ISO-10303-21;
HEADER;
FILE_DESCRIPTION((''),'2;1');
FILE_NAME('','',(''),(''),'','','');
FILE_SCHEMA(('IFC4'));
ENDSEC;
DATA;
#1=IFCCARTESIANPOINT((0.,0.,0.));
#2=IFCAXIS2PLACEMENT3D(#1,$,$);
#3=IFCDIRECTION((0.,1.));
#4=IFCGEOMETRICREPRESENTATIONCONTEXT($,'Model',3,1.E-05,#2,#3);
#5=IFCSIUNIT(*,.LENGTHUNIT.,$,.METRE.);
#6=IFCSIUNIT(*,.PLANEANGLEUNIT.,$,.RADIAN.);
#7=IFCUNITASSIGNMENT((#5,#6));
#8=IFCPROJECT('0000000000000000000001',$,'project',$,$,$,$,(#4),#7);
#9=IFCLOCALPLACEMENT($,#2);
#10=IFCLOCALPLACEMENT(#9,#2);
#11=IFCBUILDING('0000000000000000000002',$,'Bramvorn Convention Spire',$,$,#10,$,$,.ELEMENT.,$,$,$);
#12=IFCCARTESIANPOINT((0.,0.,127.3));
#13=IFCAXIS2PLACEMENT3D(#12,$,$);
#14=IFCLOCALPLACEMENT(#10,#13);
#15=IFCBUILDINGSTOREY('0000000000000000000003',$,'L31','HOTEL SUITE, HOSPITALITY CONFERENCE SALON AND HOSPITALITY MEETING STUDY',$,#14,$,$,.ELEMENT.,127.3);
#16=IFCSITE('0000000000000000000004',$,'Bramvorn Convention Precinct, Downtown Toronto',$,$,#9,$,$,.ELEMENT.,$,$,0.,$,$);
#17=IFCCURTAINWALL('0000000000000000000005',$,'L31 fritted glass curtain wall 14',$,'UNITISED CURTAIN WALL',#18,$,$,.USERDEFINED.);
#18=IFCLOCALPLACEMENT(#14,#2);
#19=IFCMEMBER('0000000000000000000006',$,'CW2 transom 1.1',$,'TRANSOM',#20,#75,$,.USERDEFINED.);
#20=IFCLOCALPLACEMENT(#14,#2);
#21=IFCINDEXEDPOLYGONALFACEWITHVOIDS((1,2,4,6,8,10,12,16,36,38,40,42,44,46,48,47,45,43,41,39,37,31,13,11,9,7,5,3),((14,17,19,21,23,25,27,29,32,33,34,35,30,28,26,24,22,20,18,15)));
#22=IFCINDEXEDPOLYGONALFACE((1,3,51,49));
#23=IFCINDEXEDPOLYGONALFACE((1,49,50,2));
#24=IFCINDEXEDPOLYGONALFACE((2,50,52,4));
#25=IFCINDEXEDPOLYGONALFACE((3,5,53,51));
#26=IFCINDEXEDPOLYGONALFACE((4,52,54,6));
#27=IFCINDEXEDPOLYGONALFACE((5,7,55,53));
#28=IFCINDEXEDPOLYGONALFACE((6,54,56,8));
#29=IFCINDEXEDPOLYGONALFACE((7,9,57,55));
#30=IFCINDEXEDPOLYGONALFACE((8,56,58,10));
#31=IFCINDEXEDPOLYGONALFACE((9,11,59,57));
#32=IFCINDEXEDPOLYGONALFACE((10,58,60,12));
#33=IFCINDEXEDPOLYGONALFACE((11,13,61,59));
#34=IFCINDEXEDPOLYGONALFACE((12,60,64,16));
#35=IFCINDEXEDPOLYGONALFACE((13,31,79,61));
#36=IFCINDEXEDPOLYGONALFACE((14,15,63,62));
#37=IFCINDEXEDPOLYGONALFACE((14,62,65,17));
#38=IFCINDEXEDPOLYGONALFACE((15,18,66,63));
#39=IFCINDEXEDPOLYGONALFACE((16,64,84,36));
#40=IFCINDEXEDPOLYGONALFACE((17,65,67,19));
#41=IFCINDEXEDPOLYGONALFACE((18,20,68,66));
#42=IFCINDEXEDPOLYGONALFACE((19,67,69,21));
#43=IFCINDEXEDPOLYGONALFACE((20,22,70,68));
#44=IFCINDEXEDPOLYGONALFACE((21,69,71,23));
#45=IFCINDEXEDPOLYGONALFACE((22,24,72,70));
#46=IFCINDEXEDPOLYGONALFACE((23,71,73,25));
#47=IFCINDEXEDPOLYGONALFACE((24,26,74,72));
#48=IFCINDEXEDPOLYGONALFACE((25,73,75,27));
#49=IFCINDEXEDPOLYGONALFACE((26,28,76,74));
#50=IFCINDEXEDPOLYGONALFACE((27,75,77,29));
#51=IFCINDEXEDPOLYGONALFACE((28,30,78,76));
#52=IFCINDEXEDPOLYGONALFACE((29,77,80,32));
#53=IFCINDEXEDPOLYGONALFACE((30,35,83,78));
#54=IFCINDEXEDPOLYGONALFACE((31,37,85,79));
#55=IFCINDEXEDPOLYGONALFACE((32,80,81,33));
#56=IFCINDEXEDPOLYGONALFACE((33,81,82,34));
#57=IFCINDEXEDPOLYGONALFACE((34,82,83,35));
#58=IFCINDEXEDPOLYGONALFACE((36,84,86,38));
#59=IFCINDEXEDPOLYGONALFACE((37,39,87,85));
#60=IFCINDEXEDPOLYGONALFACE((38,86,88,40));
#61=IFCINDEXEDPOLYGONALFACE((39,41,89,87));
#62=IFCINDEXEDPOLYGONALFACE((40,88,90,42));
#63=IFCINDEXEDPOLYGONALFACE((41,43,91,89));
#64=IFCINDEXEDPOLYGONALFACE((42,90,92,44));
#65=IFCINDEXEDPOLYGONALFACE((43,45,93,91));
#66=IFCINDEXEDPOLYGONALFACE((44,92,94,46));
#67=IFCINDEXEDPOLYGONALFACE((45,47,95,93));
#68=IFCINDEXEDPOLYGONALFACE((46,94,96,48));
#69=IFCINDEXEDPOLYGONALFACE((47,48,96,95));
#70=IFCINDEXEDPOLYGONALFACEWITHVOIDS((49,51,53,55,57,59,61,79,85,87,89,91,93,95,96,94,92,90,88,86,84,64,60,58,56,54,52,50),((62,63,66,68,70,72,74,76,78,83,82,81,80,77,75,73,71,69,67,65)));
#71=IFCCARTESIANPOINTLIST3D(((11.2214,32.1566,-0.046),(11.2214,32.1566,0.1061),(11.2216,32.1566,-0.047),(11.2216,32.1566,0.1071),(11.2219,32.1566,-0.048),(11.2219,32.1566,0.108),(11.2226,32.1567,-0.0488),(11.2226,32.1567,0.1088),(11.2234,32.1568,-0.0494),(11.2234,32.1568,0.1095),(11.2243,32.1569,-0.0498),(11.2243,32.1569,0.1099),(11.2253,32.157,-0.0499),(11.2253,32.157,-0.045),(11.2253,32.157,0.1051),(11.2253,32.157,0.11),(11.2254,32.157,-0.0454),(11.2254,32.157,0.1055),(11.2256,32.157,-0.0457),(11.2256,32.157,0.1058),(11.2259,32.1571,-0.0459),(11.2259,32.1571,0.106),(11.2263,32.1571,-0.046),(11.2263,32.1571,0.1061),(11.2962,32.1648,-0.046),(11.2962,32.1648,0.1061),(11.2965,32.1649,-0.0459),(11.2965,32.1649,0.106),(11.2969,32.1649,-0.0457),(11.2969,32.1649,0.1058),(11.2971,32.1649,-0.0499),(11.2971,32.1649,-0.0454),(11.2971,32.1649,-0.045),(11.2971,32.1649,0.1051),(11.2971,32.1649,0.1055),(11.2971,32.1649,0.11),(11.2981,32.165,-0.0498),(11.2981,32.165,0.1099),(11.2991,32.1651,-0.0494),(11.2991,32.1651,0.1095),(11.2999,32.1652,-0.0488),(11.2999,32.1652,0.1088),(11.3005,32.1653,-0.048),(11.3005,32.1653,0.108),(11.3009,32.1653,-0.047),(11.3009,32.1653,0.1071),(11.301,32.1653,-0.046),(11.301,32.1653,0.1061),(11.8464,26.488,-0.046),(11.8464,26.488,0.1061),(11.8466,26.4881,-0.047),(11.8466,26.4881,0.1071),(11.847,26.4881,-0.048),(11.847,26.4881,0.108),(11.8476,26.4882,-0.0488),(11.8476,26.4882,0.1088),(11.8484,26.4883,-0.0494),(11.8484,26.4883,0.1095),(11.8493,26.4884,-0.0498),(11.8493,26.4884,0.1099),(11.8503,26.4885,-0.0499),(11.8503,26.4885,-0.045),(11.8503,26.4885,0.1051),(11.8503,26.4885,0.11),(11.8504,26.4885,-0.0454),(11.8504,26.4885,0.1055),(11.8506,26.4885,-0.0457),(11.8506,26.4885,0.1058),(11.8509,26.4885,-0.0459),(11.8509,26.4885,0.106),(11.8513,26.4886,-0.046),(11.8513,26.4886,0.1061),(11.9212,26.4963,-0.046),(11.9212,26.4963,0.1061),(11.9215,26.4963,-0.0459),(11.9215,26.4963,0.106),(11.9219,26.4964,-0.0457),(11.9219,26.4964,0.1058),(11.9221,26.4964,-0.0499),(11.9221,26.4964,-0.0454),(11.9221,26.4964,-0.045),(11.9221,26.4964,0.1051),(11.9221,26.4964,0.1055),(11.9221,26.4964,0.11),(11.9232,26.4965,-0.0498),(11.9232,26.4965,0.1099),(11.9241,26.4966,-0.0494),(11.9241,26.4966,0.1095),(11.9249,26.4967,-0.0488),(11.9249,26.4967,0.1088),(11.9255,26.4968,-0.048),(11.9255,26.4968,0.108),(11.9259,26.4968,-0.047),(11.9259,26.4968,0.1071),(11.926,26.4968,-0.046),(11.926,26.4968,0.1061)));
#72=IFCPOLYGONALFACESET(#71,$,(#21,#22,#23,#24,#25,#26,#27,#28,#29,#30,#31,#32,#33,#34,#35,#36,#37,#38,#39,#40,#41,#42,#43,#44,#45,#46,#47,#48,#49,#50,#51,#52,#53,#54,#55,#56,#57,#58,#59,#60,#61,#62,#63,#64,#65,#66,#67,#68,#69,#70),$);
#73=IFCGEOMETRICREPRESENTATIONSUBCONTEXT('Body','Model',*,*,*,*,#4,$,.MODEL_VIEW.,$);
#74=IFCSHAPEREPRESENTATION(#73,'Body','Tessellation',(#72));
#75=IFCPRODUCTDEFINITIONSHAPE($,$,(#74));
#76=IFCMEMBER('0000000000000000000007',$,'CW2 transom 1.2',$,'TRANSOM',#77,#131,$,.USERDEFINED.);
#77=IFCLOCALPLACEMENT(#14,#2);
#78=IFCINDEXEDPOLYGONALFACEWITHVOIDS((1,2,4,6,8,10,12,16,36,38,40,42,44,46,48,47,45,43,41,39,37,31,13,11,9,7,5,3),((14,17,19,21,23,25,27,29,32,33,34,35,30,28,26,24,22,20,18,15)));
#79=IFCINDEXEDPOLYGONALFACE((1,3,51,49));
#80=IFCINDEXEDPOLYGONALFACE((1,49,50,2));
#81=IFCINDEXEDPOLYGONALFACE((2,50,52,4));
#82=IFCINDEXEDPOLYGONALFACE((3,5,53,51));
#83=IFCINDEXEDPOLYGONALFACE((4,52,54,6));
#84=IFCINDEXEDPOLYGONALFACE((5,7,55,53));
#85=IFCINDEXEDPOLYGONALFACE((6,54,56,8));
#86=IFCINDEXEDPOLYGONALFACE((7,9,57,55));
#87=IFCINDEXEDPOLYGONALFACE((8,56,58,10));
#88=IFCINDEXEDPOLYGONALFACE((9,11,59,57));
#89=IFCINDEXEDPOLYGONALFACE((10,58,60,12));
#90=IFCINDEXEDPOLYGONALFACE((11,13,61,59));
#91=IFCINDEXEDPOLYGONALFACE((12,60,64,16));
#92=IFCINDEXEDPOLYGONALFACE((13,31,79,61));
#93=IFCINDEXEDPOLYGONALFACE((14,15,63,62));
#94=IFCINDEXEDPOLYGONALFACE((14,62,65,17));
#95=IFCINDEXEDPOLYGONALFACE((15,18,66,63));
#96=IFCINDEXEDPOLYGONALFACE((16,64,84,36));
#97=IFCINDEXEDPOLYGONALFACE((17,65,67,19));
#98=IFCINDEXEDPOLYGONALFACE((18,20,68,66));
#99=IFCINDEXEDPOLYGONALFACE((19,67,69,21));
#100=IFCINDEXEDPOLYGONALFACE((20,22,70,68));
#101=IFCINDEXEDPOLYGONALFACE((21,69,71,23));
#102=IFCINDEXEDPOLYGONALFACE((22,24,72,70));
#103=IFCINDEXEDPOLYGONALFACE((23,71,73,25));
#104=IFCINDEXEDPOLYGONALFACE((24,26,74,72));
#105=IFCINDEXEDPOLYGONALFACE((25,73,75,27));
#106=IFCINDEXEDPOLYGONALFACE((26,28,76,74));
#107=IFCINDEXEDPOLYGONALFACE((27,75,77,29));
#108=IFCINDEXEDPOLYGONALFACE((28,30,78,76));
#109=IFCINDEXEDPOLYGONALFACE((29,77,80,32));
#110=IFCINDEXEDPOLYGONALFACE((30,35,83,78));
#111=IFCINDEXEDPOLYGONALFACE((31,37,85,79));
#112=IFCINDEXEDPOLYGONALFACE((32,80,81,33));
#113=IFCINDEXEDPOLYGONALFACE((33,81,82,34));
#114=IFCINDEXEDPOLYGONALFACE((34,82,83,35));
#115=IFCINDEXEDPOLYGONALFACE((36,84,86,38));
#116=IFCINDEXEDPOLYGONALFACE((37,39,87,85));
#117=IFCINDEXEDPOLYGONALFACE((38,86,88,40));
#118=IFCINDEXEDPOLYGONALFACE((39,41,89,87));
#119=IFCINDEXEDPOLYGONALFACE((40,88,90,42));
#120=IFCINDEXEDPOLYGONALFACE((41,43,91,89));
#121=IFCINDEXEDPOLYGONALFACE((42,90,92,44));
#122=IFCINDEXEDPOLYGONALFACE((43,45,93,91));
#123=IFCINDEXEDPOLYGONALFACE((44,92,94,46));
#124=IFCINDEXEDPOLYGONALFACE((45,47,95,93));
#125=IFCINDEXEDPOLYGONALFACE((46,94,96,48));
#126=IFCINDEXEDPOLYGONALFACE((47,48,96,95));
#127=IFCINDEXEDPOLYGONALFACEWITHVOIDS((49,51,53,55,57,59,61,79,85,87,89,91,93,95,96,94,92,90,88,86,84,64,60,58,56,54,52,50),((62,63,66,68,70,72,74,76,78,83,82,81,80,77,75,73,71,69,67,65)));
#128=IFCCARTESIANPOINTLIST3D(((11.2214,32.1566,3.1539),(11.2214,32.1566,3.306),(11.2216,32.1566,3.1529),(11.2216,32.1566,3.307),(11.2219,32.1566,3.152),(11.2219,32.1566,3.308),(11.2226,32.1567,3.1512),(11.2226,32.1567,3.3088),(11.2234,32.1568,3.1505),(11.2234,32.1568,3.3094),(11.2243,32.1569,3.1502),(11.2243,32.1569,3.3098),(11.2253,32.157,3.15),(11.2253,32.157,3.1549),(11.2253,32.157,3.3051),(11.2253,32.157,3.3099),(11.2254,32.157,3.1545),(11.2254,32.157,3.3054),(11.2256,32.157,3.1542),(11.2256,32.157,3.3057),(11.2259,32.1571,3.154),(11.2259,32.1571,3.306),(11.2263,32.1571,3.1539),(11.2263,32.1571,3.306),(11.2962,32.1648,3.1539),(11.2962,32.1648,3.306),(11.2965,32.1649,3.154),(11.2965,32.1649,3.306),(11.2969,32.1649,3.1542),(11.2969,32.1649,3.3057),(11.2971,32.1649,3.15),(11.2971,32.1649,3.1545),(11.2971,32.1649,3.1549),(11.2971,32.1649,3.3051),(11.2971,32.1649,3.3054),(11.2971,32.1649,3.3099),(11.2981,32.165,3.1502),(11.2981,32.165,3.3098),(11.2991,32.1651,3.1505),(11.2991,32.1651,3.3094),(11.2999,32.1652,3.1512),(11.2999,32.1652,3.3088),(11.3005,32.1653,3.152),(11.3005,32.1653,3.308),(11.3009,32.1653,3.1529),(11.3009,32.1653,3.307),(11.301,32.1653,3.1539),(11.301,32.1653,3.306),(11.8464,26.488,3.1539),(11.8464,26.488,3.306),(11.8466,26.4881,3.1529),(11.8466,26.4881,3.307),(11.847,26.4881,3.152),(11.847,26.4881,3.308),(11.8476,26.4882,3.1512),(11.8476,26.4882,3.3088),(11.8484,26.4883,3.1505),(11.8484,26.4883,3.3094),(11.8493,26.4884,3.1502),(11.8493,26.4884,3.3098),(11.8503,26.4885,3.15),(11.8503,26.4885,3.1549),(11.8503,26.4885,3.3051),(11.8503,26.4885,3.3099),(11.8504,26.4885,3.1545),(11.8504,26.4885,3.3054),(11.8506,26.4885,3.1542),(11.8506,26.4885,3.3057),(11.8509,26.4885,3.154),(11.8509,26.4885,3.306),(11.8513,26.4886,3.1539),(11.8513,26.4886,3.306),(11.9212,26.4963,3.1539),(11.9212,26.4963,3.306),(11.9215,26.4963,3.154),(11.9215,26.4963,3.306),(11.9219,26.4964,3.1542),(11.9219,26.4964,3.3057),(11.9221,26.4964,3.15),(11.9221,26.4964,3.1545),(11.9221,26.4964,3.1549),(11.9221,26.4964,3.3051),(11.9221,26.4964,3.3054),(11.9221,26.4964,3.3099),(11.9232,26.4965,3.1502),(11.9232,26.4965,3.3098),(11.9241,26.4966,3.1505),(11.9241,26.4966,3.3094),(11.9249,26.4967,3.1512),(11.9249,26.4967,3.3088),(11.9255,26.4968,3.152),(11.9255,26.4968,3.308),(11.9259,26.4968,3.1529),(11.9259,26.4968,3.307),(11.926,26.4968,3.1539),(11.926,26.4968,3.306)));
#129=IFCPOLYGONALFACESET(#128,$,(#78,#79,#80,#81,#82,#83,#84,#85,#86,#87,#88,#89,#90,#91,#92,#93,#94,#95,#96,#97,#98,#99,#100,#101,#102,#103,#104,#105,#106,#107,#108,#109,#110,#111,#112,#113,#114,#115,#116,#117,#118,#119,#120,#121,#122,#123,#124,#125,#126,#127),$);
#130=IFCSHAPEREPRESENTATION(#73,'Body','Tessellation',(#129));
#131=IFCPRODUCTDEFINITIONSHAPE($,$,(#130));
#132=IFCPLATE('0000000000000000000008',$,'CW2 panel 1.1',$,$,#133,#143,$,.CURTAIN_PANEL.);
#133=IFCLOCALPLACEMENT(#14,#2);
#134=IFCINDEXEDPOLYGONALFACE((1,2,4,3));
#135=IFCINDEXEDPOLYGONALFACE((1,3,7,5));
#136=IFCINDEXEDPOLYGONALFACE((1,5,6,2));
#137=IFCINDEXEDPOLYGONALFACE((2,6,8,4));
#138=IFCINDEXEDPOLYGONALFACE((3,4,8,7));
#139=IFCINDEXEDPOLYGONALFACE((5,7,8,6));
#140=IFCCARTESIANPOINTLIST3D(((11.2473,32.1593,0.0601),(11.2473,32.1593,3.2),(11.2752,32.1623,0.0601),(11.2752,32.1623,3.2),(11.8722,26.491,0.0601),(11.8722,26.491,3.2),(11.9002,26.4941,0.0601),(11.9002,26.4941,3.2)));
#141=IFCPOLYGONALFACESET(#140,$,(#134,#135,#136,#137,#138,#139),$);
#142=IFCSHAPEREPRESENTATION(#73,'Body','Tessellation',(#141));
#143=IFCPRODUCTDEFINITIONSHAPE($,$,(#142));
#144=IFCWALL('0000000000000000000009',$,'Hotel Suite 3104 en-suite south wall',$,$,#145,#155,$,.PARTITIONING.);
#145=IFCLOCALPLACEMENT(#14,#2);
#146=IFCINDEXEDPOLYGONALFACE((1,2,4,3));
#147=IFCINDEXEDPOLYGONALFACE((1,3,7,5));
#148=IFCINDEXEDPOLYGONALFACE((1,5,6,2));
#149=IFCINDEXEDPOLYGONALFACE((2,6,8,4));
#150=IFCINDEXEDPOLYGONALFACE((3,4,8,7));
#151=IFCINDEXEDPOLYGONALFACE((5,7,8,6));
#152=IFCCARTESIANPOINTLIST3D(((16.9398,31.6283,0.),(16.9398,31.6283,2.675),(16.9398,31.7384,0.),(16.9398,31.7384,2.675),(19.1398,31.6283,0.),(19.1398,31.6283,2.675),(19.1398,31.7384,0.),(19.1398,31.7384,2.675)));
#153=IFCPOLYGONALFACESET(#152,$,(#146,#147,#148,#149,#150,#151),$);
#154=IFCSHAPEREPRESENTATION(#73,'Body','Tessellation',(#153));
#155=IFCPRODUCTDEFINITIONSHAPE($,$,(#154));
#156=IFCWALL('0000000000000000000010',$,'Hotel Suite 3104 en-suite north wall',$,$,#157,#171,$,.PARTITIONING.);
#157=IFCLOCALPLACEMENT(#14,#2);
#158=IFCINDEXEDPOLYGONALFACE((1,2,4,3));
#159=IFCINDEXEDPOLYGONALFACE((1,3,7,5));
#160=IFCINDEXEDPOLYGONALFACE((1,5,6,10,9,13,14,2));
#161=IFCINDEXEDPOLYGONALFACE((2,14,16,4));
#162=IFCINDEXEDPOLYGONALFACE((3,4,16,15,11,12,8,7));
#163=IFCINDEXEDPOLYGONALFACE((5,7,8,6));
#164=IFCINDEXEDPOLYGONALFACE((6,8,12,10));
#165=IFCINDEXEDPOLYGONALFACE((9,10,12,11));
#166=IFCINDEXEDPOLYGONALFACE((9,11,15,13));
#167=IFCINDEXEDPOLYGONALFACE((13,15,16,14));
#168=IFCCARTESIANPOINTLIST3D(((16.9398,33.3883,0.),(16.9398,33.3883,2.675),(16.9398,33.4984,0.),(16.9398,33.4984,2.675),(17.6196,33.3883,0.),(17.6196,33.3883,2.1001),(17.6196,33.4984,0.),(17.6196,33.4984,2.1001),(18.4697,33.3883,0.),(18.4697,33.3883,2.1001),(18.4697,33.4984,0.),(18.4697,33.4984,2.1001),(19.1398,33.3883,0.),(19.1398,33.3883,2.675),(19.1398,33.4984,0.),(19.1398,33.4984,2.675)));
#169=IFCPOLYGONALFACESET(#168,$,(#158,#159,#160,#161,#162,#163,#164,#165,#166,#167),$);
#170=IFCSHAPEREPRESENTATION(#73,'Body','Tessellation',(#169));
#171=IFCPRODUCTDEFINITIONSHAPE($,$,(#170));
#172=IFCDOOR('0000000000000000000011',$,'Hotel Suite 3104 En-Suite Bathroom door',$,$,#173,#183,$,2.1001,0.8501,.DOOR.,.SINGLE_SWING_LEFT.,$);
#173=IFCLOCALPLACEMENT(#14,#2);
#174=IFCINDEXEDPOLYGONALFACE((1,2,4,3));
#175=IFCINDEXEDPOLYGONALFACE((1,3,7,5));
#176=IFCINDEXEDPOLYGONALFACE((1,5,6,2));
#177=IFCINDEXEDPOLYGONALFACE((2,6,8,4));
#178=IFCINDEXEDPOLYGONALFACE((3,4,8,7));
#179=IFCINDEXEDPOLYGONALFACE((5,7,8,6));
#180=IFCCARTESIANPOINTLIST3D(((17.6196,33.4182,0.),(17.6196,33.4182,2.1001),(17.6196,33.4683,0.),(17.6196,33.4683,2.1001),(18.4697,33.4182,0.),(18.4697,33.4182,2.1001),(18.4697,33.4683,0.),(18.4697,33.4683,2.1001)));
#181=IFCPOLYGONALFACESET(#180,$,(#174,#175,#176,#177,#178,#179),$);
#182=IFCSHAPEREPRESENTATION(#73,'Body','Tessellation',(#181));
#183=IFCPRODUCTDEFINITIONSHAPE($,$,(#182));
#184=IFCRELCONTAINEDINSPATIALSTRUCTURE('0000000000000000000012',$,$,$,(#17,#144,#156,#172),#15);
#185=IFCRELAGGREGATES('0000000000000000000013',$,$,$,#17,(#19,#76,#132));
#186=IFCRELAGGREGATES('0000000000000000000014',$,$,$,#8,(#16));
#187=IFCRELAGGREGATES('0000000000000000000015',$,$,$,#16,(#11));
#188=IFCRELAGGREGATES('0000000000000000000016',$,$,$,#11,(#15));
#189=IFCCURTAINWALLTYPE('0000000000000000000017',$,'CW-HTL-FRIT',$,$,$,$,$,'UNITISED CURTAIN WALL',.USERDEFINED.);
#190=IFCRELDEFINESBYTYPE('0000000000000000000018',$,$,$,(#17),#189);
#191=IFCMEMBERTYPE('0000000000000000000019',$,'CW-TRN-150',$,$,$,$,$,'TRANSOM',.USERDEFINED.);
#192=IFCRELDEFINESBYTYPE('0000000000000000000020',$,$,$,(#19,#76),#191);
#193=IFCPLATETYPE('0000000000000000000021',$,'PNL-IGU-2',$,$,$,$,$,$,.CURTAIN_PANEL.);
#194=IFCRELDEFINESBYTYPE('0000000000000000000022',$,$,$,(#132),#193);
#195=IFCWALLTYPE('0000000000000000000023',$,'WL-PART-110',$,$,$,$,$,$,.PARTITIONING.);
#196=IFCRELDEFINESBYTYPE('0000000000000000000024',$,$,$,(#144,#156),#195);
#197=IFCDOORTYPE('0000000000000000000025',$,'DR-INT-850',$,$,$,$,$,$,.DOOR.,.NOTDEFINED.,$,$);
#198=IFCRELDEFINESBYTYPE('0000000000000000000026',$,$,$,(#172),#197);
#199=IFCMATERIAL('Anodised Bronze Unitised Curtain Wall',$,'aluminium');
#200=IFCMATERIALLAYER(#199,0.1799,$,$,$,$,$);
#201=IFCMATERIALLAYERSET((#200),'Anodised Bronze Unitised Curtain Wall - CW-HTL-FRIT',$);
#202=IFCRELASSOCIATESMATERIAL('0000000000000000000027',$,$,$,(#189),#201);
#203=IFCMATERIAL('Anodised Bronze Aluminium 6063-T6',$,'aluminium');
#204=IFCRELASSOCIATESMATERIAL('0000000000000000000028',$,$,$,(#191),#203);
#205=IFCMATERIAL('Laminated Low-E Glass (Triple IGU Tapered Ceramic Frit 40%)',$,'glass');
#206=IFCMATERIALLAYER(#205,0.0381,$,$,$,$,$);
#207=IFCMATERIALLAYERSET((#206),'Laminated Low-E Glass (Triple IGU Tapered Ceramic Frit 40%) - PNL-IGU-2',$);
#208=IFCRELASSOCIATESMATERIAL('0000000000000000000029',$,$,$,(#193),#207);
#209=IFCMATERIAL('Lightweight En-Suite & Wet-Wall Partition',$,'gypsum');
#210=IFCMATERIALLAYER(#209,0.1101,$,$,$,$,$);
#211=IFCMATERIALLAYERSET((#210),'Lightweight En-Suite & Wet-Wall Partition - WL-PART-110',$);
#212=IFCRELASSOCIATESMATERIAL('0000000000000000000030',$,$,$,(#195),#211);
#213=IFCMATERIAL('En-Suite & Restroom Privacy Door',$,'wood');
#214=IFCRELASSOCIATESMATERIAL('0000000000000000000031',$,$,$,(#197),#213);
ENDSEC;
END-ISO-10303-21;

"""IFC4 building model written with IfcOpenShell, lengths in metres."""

from ifc_helpers import new_model, si_unit, direction, frame, frame_2d, origin, origin_2d, place, context, subcontext, project, spatial, rectangle, hollow_rectangle, extrude, material, layer, layer_set, material_profile, profile_set, type_object, element, fill, aggregate, save


model = new_model("IFC4")

# Units and contexts
model_context = context("Model", 3, precision=1e-05, world=origin(), true_north=direction((0.0, 1.0)))
body_context = subcontext(model_context, "Body", "Model", "MODEL_VIEW")
ifc_project = project(units=[si_unit("LENGTHUNIT", "METRE"), si_unit("PLANEANGLEUNIT", "RADIAN")], contexts=[model_context])

# Site, building, storey
site_placement = place(None, origin())
site = spatial("IfcSite", under=ifc_project, at=site_placement, Name="Bramvorn Convention Precinct, Downtown Toronto", CompositionType="ELEMENT", RefElevation=0.0)
building_placement = place(site_placement, origin())
building = spatial("IfcBuilding", under=site, at=building_placement, Name="Bramvorn Convention Spire", CompositionType="ELEMENT")
storey_placement = place(building_placement, frame((0.0, 0.0, 127.3)))
storey = spatial("IfcBuildingStorey", under=building, at=storey_placement, Name="L31", Description="HOTEL SUITE, HOSPITALITY CONFERENCE SALON AND HOSPITALITY MEETING STUDY", CompositionType="ELEMENT", Elevation=127.3)

# Shared definitions
ifc_material_1 = material(Name="Anodised Bronze Unitised Curtain Wall", Category="aluminium")
ifc_layer_1 = layer(ifc_material_1, 0.1799)
ifc_layer_set_1 = layer_set([ifc_layer_1], Name="Anodised Bronze Unitised Curtain Wall - CW-HTL-FRIT")
curtain_wall_type = type_object("IfcCurtainWallType", Name="CW-HTL-FRIT", ElementType="UNITISED CURTAIN WALL", PredefinedType="USERDEFINED", material=ifc_layer_set_1)
ifc_material_2 = material(Name="Anodised Bronze Aluminium 6063-T6", Category="aluminium")

# Curtain wall
curtain_wall_1_placement = place(storey_placement, origin())
curtain_wall_1 = element("IfcCurtainWall", 1, at=curtain_wall_1_placement, inside=storey, type_object=curtain_wall_type, Name="L31 fritted glass curtain wall 14", ObjectType="UNITISED CURTAIN WALL", PredefinedType="USERDEFINED")

# Members
ifc_material_profile_1 = material_profile(ifc_material_2, hollow_rectangle(XDim=0.0801, YDim=0.1599, WallThickness=0.0039, InnerFilletRadius=0.001, OuterFilletRadius=0.0039, at=origin_2d()))
ifc_profile_set_1 = profile_set([ifc_material_profile_1], Name="Anodised Bronze Aluminium 6063-T6 - CWT80X160")
member_type_1 = type_object("IfcMemberType", Name="CW-TRN-150", ElementType="TRANSOM", PredefinedType="USERDEFINED", material=ifc_profile_set_1)
member_1_placement = place(storey_placement, frame((11.8862, 26.4924, 0.03), z_axis=(-0.109595, 0.993976, 0.0), x_axis=(-0.993976, -0.109595, 0.0)))
member_1 = element("IfcMember", 2, at=member_1_placement, type_object=member_type_1, Name="CW2 transom 1.1", ObjectType="TRANSOM", PredefinedType="USERDEFINED", context=body_context, shape_type="SweptSolid", body=[
    extrude(hollow_rectangle(XDim=0.0801, YDim=0.1599, WallThickness=0.0039, InnerFilletRadius=0.001, OuterFilletRadius=0.0039, at=origin_2d()), origin(), (0.0, 0.0, 1.0), 5.7029),
])
member_2_placement = place(storey_placement, frame((11.8862, 26.4924, 3.23), z_axis=(-0.109595, 0.993976, 0.0), x_axis=(-0.993976, -0.109595, 0.0)))
member_2 = element("IfcMember", 3, at=member_2_placement, type_object=member_type_1, Name="CW2 transom 1.2", ObjectType="TRANSOM", PredefinedType="USERDEFINED", context=body_context, shape_type="SweptSolid", body=[
    extrude(hollow_rectangle(XDim=0.0801, YDim=0.1599, WallThickness=0.0039, InnerFilletRadius=0.001, OuterFilletRadius=0.0039, at=origin_2d()), origin(), (0.0, 0.0, 1.0), 5.7029),
])

# Plate
ifc_material_3 = material(Name="Laminated Low-E Glass (Triple IGU Tapered Ceramic Frit 40%)", Category="glass")
ifc_layer_2 = layer(ifc_material_3, 0.0381)
ifc_layer_set_2 = layer_set([ifc_layer_2], Name="Laminated Low-E Glass (Triple IGU Tapered Ceramic Frit 40%) - PNL-IGU-2")
plate_type = type_object("IfcPlateType", Name="PNL-IGU-2", PredefinedType="CURTAIN_PANEL", material=ifc_layer_set_2)
plate_placement = place(storey_placement, frame((11.5737, 29.3267, 0.0601), z_axis=(0.0, 0.0, 1.0), x_axis=(-0.109589, 0.993977, 0.0)))
plate = element("IfcPlate", 4, at=plate_placement, type_object=plate_type, Name="CW2 panel 1.1", PredefinedType="CURTAIN_PANEL", context=body_context, shape_type="SweptSolid", body=[
    extrude(rectangle(XDim=5.7026, YDim=0.0281, at=origin_2d()), origin(), (0.0, 0.0, 1.0), 3.1399),
])
aggregate(curtain_wall_1, [member_1, member_2, plate])

# Wall
ifc_material_4 = material(Name="Lightweight En-Suite & Wet-Wall Partition", Category="gypsum")
ifc_layer_3 = layer(ifc_material_4, 0.1101)
ifc_layer_set_3 = layer_set([ifc_layer_3], Name="Lightweight En-Suite & Wet-Wall Partition - WL-PART-110")
wall_type_1 = type_object("IfcWallType", Name="WL-PART-110", PredefinedType="PARTITIONING", material=ifc_layer_set_3)
wall_1_placement = place(storey_placement, frame((16.9397, 31.6833, 0.0), z_axis=(0.0, 0.0, 1.0), x_axis=(1.0, 0.0, 0.0)))
element("IfcWall", 5, at=wall_1_placement, inside=storey, type_object=wall_type_1, Name="Hotel Suite 3104 en-suite south wall", PredefinedType="PARTITIONING", context=body_context, shape_type="SweptSolid", body=[
    extrude(rectangle(XDim=2.2, YDim=0.1101, at=frame_2d((1.1001, 0.0))), origin(), (0.0, 0.0, 1.0), 2.675),
])

# Wall, opening, door
wall_2_placement = place(storey_placement, frame((16.9397, 33.4434, 0.0), z_axis=(0.0, 0.0, 1.0), x_axis=(1.0, 0.0, 0.0)))
wall_2 = element("IfcWall", 6, at=wall_2_placement, inside=storey, type_object=wall_type_1, Name="Hotel Suite 3104 en-suite north wall", PredefinedType="PARTITIONING", context=body_context, shape_type="SweptSolid", body=[
    extrude(rectangle(XDim=2.2, YDim=0.1101, at=frame_2d((1.1001, 0.0))), origin(), (0.0, 0.0, 1.0), 2.675),
])
opening_placement = place(wall_2_placement, frame((0.6799, 0.0, 0.0)))
opening = element("IfcOpeningElement", 7, at=opening_placement, cuts=wall_2, PredefinedType="OPENING", context=body_context, shape_type="SweptSolid", body=[
    extrude(rectangle(XDim=0.8501, YDim=2.1001, at=frame_2d((0.425, 1.05))), frame((0.0, 0.0649, 0.0), z_axis=(0.0, -1.0, 0.0), x_axis=(1.0, 0.0, 0.0)), (0.0, 0.0, 1.0), 0.1301),
])
ifc_material_5 = material(Name="En-Suite & Restroom Privacy Door", Category="wood")
door_type = type_object("IfcDoorType", Name="DR-INT-850", OperationType="NOTDEFINED", PredefinedType="DOOR", material=ifc_material_5)
door_placement = place(opening_placement, origin())
door = element("IfcDoor", 8, at=door_placement, inside=storey, type_object=door_type, Name="Hotel Suite 3104 En-Suite Bathroom door", OperationType="SINGLE_SWING_LEFT", OverallHeight=2.1001, OverallWidth=0.8501, PredefinedType="DOOR", context=body_context, shape_type="SweptSolid", body=[
    extrude(rectangle(XDim=0.8501, YDim=2.1001, at=frame_2d((0.425, 1.05))), frame((0.0, 0.0249, 0.0), z_axis=(0.0, -1.0, 0.0), x_axis=(1.0, 0.0, 0.0)), (0.0, 0.0, 1.0), 0.05),
])
fill(opening, door)

save(model, "model.ifc")
